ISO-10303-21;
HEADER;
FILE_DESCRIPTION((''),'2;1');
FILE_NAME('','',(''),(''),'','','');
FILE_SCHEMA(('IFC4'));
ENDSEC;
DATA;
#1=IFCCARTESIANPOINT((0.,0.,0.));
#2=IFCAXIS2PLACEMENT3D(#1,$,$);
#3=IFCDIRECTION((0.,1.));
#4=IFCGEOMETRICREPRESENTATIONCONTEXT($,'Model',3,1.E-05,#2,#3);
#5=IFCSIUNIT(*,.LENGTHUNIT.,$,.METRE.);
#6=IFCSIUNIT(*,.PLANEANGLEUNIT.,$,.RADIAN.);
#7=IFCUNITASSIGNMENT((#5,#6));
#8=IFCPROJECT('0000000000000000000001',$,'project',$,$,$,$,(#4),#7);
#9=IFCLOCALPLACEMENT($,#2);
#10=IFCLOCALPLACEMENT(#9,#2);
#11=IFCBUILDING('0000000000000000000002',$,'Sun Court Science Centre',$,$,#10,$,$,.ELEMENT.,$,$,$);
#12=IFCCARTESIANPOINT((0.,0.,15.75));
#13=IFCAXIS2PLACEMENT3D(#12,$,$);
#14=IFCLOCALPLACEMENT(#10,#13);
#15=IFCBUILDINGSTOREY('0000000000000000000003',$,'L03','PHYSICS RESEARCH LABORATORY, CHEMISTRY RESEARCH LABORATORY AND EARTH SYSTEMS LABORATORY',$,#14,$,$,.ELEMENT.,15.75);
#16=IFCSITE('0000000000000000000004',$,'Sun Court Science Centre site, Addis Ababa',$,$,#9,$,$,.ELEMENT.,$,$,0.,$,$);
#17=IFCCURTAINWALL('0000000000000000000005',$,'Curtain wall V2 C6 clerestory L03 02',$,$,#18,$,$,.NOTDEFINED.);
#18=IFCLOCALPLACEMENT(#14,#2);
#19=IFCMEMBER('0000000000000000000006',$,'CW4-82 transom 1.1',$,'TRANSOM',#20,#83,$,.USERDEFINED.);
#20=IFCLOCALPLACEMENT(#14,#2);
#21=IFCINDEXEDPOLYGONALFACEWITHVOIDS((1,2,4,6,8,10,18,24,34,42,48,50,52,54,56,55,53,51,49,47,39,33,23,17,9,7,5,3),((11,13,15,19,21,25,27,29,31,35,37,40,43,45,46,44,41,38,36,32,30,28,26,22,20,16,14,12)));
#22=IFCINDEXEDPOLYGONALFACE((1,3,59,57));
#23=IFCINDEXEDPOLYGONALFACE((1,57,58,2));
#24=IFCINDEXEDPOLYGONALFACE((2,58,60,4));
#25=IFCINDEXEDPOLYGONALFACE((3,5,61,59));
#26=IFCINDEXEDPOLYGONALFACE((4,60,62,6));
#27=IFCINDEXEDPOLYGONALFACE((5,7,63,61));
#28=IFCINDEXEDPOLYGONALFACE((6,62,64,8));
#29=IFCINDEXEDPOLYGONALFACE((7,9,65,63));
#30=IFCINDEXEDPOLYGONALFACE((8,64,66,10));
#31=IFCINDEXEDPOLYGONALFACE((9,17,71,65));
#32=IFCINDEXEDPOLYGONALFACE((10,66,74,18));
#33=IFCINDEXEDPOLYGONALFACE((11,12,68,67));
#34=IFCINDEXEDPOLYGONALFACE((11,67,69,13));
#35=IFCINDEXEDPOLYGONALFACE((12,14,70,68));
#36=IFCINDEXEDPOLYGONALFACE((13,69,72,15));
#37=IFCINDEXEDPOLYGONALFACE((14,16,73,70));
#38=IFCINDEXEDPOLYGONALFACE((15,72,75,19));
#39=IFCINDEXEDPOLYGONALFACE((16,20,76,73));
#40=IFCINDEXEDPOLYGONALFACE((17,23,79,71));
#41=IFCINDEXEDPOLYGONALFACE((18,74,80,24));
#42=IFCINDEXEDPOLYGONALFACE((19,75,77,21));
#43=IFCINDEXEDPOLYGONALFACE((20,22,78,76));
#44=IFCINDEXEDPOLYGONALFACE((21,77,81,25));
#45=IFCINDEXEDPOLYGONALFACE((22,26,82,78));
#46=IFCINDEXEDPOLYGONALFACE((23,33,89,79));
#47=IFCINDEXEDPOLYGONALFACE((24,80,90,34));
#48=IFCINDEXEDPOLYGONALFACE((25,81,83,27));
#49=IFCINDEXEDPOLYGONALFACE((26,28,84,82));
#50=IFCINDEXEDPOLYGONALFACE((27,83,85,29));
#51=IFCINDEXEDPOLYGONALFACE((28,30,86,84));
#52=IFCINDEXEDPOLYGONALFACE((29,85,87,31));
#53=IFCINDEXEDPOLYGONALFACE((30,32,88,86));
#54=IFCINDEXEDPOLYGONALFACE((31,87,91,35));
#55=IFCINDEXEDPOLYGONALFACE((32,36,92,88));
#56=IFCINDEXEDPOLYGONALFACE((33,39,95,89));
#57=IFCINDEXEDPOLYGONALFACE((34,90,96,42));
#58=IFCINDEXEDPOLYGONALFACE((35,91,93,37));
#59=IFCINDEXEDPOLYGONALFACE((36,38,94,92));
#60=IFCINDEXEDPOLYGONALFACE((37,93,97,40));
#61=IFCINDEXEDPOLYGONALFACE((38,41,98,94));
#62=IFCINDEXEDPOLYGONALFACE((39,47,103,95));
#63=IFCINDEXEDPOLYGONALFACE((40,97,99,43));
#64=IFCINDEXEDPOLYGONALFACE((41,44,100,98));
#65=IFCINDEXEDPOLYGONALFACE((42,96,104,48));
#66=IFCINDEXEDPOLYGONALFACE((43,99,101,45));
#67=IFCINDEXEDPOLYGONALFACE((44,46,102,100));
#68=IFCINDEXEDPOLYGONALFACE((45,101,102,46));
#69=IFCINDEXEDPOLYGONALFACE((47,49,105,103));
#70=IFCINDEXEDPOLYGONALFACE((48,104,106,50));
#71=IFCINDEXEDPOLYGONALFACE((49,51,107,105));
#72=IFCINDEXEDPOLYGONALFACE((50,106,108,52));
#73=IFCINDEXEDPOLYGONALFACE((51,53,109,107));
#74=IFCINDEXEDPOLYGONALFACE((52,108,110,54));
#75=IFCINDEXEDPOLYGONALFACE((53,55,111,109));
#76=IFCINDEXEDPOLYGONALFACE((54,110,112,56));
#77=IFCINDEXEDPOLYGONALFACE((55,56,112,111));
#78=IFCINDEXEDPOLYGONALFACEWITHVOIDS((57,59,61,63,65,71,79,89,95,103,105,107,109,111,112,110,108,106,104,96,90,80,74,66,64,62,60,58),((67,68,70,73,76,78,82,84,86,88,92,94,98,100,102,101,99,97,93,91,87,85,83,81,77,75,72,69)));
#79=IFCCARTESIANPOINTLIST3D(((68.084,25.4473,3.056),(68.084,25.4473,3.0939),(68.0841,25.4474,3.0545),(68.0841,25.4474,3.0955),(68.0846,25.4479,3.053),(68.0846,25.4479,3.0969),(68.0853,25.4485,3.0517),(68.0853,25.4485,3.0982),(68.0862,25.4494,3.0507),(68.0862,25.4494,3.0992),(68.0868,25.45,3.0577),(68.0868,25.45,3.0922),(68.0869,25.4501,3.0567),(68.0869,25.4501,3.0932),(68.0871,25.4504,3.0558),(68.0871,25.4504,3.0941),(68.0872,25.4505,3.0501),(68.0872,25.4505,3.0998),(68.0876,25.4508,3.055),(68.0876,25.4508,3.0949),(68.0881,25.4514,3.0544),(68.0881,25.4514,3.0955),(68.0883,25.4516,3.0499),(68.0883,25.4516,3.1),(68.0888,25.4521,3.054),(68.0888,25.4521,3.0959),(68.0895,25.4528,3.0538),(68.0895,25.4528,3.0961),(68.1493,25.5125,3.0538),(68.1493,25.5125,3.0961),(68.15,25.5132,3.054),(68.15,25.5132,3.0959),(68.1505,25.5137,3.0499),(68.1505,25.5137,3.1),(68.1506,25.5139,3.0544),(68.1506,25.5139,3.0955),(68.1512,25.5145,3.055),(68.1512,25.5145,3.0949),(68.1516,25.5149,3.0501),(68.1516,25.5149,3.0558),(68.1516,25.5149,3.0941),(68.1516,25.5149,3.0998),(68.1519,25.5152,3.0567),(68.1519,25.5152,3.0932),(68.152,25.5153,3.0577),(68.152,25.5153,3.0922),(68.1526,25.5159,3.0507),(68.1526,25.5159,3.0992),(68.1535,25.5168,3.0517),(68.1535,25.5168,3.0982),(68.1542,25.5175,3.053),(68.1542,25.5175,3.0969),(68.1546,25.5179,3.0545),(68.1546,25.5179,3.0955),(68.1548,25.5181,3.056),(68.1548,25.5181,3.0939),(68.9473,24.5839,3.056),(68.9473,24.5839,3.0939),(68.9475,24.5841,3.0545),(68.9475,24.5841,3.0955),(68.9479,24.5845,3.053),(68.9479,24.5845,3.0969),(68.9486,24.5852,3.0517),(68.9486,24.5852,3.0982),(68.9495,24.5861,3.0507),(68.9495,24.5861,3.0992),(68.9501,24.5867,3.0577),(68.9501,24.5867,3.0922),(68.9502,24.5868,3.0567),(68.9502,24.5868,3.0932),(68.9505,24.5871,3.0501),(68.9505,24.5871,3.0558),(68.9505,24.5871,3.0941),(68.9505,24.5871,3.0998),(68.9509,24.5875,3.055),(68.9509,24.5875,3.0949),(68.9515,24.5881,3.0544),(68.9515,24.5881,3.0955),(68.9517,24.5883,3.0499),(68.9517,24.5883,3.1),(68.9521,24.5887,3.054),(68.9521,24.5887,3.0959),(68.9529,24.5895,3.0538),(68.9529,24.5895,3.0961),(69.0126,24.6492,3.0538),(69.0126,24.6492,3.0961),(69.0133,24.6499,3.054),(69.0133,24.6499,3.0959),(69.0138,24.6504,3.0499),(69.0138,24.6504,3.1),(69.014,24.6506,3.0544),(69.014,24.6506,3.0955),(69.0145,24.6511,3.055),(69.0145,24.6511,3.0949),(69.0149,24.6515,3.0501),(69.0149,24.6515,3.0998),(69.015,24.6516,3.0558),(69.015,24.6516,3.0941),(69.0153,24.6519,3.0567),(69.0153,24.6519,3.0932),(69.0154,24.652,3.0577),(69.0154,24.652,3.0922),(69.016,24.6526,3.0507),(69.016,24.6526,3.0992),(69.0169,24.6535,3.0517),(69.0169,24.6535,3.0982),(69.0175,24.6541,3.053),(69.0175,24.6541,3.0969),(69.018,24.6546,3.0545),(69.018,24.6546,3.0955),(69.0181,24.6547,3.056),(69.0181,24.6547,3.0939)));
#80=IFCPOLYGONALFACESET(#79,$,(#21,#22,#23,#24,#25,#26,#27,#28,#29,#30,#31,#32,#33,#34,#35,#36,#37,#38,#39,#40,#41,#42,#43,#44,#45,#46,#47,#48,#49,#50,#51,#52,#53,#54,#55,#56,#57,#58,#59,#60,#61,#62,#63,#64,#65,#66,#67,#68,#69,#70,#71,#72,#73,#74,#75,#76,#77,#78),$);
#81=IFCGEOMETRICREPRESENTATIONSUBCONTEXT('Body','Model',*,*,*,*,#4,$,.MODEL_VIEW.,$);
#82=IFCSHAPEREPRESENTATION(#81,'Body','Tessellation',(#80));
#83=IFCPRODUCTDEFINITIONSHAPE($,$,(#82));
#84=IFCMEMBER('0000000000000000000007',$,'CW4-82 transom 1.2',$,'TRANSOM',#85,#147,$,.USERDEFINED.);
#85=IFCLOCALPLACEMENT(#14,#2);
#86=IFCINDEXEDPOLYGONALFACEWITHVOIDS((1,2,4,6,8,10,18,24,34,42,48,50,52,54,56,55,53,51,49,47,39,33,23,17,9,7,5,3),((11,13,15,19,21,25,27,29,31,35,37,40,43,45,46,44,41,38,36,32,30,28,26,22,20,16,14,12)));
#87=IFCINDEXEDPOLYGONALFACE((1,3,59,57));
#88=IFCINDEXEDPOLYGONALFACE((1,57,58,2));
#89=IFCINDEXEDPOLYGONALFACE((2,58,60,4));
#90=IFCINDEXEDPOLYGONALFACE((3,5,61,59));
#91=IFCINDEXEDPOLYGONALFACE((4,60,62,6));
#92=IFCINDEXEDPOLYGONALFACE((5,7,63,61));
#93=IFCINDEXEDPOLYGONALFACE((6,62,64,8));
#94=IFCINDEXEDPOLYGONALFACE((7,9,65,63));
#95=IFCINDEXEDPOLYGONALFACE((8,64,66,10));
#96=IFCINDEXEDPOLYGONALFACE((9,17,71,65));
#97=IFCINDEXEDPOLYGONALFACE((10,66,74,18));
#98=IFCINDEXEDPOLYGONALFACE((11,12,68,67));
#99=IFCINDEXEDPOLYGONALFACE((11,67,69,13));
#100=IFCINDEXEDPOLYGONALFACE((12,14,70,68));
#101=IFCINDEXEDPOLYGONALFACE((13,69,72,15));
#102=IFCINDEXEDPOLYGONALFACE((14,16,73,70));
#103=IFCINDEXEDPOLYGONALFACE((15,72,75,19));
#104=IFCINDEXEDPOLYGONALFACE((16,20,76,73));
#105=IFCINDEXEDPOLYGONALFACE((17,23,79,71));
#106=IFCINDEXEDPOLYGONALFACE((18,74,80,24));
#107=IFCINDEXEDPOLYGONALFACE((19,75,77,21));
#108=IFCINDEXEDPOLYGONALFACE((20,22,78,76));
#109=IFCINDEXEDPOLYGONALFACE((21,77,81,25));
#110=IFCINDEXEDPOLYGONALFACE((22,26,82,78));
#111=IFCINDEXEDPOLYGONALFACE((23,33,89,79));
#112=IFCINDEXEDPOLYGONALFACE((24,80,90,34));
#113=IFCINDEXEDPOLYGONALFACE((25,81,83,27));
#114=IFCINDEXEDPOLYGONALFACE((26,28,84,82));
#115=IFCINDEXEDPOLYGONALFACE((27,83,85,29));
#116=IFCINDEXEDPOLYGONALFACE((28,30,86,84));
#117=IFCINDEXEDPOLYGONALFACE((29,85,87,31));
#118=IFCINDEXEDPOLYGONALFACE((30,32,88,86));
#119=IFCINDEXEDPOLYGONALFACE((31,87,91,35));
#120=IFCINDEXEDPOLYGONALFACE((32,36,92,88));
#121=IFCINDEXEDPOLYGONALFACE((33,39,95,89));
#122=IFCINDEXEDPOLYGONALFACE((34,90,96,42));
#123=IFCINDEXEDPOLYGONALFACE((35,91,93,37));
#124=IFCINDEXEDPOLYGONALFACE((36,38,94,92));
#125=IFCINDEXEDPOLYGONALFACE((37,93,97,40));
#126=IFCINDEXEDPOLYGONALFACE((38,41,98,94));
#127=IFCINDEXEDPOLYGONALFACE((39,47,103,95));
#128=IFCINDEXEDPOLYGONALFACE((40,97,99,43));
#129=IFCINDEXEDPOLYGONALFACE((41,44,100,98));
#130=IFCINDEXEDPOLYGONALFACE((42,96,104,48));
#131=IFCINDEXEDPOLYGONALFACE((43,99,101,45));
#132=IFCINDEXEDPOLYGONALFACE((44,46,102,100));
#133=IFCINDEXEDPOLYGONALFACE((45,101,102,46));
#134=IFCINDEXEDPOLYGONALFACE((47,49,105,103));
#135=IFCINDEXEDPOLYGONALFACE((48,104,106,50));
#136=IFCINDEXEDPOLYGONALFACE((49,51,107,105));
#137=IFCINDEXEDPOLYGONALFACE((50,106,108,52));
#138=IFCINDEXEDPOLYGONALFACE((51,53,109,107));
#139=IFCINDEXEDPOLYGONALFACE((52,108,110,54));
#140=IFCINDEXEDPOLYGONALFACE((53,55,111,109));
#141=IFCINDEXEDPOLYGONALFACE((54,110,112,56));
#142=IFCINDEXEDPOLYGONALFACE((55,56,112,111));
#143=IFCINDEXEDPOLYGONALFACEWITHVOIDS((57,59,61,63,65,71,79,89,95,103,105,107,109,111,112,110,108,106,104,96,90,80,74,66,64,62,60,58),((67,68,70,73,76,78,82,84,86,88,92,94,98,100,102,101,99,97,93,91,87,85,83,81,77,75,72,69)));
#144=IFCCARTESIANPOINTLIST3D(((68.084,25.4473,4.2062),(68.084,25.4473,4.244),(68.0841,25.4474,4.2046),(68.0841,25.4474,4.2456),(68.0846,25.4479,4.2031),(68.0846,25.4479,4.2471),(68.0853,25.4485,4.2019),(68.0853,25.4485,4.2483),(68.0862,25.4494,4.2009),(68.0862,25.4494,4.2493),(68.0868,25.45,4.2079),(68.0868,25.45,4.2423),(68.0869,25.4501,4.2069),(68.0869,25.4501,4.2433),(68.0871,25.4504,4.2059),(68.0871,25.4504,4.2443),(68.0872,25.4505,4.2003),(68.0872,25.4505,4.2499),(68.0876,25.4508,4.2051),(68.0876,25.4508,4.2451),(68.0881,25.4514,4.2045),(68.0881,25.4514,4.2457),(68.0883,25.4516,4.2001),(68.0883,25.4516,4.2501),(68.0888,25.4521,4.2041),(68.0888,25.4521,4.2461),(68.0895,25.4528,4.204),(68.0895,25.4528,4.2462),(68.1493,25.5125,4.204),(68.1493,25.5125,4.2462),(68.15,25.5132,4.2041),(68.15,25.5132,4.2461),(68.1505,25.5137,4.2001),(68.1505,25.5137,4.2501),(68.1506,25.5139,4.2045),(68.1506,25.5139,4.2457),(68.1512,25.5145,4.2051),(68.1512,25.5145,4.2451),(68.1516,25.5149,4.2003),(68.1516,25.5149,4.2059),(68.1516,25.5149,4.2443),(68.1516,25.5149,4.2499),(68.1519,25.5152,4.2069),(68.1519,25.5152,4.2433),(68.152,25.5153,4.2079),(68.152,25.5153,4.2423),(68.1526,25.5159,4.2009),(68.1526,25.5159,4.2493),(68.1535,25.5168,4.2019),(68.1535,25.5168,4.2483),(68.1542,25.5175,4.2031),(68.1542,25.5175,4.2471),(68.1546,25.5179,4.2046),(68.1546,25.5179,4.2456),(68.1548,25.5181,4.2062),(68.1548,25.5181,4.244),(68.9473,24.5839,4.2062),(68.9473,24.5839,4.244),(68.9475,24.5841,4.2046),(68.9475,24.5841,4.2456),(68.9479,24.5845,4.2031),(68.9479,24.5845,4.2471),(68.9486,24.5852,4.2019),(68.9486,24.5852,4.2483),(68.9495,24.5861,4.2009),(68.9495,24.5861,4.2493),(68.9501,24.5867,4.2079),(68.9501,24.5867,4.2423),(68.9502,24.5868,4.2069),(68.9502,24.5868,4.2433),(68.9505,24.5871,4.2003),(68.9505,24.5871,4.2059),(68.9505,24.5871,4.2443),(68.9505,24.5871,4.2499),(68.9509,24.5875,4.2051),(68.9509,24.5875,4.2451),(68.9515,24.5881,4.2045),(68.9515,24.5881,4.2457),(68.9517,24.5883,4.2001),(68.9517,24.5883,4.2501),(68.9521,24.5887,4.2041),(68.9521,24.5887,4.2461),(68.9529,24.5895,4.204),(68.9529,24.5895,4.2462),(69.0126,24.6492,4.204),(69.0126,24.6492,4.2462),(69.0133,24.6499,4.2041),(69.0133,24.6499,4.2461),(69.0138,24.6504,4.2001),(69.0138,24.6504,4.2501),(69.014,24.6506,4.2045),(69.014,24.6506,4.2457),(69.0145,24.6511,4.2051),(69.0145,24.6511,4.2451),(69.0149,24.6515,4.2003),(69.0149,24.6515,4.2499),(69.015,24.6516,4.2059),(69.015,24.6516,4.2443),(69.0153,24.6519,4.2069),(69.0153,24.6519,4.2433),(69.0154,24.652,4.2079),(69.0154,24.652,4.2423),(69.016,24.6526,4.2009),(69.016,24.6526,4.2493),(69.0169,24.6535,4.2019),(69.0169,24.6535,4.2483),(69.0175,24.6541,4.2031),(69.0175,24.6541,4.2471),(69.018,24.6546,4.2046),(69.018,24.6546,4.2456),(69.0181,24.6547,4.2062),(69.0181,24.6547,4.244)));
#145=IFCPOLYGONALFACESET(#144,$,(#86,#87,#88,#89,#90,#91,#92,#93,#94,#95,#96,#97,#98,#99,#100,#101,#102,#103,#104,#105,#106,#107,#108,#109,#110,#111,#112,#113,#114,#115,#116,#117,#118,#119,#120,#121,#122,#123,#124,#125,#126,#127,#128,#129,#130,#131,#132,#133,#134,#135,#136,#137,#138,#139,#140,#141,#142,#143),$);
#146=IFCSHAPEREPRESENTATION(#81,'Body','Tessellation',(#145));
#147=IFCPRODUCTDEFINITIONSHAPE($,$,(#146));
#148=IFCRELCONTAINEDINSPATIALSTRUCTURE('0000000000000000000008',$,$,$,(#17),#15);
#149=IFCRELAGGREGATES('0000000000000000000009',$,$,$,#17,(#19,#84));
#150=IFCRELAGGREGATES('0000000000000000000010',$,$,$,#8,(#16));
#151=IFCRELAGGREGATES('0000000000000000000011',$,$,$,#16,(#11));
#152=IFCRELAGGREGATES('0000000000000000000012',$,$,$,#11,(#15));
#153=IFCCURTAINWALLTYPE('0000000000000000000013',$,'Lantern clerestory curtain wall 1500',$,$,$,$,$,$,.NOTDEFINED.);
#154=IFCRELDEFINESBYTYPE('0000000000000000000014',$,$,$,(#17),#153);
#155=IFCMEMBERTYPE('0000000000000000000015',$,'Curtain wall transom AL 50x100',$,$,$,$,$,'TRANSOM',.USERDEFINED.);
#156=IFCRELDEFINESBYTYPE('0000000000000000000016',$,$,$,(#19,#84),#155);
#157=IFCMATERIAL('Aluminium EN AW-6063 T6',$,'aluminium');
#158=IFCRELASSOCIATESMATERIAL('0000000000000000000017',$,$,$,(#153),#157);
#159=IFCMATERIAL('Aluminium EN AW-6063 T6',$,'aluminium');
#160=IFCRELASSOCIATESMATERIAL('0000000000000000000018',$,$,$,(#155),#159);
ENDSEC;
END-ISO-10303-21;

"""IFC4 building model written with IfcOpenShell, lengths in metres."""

from ifc_helpers import new_model, si_unit, direction, frame, origin, origin_2d, place, context, subcontext, project, spatial, hollow_rectangle, extrude, material, material_profile, profile_set, type_object, element, aggregate, save


model = new_model("IFC4")

# Units and contexts
model_context = context("Model", 3, precision=1e-05, world=origin(), true_north=direction((0.0, 1.0)))
body_context = subcontext(model_context, "Body", "Model", "MODEL_VIEW")
ifc_project = project(units=[si_unit("LENGTHUNIT", "METRE"), si_unit("PLANEANGLEUNIT", "RADIAN")], contexts=[model_context])

# Site, building, storey
site_placement = place(None, origin())
site = spatial("IfcSite", under=ifc_project, at=site_placement, Name="Sun Court Science Centre site, Addis Ababa", CompositionType="ELEMENT", RefElevation=0.0)
building_placement = place(site_placement, origin())
building = spatial("IfcBuilding", under=site, at=building_placement, Name="Sun Court Science Centre", CompositionType="ELEMENT")
storey_placement = place(building_placement, frame((0.0, 0.0, 15.75)))
storey = spatial("IfcBuildingStorey", under=building, at=storey_placement, Name="L03", Description="PHYSICS RESEARCH LABORATORY, CHEMISTRY RESEARCH LABORATORY AND EARTH SYSTEMS LABORATORY", CompositionType="ELEMENT", Elevation=15.75)

# Curtain wall
ifc_material_1 = material(Name="Aluminium EN AW-6063 T6", Category="aluminium")
curtain_wall_type = type_object("IfcCurtainWallType", Name="Lantern clerestory curtain wall 1500", PredefinedType="NOTDEFINED", material=ifc_material_1)
curtain_wall_1_placement = place(storey_placement, origin())
curtain_wall_1 = element("IfcCurtainWall", 1, at=curtain_wall_1_placement, inside=storey, type_object=curtain_wall_type, Name="Curtain wall V2 C6 clerestory L03 02", PredefinedType="NOTDEFINED")

# Members
ifc_material_2 = material(Name="Aluminium EN AW-6063 T6", Category="aluminium")
ifc_material_profile_1 = material_profile(ifc_material_2, hollow_rectangle(XDim=0.05, YDim=0.1001, WallThickness=0.0039, InnerFilletRadius=0.0039, OuterFilletRadius=0.0061, at=origin_2d()), Name="AL 50x100x4")
ifc_profile_set_1 = profile_set([ifc_material_profile_1], Name="Aluminium EN AW-6063 T6")
member_type_1 = type_object("IfcMemberType", Name="Curtain wall transom AL 50x100", ElementType="TRANSOM", PredefinedType="USERDEFINED", material=ifc_profile_set_1)
member_1_placement = place(storey_placement, frame((68.1194, 25.4827, 3.075), z_axis=(0.707107, -0.707107, 0.0), x_axis=(0.0, 0.0, 1.0)))
member_1 = element("IfcMember", 2, at=member_1_placement, type_object=member_type_1, Name="CW4-82 transom 1.1", ObjectType="TRANSOM", PredefinedType="USERDEFINED", context=body_context, shape_type="SweptSolid", body=[
    extrude(hollow_rectangle(XDim=0.05, YDim=0.1001, WallThickness=0.0039, InnerFilletRadius=0.0039, OuterFilletRadius=0.0061, at=origin_2d()), origin(), (0.0, 0.0, 1.0), 1.2209),
])
member_2_placement = place(storey_placement, frame((68.1194, 25.4827, 4.2251), z_axis=(0.707107, -0.707107, 0.0), x_axis=(0.0, 0.0, 1.0)))
member_2 = element("IfcMember", 3, at=member_2_placement, type_object=member_type_1, Name="CW4-82 transom 1.2", ObjectType="TRANSOM", PredefinedType="USERDEFINED", context=body_context, shape_type="SweptSolid", body=[
    extrude(hollow_rectangle(XDim=0.05, YDim=0.1001, WallThickness=0.0039, InnerFilletRadius=0.0039, OuterFilletRadius=0.0061, at=origin_2d()), origin(), (0.0, 0.0, 1.0), 1.2209),
])

aggregate(curtain_wall_1, [member_1, member_2])

save(model, "model.ifc")
